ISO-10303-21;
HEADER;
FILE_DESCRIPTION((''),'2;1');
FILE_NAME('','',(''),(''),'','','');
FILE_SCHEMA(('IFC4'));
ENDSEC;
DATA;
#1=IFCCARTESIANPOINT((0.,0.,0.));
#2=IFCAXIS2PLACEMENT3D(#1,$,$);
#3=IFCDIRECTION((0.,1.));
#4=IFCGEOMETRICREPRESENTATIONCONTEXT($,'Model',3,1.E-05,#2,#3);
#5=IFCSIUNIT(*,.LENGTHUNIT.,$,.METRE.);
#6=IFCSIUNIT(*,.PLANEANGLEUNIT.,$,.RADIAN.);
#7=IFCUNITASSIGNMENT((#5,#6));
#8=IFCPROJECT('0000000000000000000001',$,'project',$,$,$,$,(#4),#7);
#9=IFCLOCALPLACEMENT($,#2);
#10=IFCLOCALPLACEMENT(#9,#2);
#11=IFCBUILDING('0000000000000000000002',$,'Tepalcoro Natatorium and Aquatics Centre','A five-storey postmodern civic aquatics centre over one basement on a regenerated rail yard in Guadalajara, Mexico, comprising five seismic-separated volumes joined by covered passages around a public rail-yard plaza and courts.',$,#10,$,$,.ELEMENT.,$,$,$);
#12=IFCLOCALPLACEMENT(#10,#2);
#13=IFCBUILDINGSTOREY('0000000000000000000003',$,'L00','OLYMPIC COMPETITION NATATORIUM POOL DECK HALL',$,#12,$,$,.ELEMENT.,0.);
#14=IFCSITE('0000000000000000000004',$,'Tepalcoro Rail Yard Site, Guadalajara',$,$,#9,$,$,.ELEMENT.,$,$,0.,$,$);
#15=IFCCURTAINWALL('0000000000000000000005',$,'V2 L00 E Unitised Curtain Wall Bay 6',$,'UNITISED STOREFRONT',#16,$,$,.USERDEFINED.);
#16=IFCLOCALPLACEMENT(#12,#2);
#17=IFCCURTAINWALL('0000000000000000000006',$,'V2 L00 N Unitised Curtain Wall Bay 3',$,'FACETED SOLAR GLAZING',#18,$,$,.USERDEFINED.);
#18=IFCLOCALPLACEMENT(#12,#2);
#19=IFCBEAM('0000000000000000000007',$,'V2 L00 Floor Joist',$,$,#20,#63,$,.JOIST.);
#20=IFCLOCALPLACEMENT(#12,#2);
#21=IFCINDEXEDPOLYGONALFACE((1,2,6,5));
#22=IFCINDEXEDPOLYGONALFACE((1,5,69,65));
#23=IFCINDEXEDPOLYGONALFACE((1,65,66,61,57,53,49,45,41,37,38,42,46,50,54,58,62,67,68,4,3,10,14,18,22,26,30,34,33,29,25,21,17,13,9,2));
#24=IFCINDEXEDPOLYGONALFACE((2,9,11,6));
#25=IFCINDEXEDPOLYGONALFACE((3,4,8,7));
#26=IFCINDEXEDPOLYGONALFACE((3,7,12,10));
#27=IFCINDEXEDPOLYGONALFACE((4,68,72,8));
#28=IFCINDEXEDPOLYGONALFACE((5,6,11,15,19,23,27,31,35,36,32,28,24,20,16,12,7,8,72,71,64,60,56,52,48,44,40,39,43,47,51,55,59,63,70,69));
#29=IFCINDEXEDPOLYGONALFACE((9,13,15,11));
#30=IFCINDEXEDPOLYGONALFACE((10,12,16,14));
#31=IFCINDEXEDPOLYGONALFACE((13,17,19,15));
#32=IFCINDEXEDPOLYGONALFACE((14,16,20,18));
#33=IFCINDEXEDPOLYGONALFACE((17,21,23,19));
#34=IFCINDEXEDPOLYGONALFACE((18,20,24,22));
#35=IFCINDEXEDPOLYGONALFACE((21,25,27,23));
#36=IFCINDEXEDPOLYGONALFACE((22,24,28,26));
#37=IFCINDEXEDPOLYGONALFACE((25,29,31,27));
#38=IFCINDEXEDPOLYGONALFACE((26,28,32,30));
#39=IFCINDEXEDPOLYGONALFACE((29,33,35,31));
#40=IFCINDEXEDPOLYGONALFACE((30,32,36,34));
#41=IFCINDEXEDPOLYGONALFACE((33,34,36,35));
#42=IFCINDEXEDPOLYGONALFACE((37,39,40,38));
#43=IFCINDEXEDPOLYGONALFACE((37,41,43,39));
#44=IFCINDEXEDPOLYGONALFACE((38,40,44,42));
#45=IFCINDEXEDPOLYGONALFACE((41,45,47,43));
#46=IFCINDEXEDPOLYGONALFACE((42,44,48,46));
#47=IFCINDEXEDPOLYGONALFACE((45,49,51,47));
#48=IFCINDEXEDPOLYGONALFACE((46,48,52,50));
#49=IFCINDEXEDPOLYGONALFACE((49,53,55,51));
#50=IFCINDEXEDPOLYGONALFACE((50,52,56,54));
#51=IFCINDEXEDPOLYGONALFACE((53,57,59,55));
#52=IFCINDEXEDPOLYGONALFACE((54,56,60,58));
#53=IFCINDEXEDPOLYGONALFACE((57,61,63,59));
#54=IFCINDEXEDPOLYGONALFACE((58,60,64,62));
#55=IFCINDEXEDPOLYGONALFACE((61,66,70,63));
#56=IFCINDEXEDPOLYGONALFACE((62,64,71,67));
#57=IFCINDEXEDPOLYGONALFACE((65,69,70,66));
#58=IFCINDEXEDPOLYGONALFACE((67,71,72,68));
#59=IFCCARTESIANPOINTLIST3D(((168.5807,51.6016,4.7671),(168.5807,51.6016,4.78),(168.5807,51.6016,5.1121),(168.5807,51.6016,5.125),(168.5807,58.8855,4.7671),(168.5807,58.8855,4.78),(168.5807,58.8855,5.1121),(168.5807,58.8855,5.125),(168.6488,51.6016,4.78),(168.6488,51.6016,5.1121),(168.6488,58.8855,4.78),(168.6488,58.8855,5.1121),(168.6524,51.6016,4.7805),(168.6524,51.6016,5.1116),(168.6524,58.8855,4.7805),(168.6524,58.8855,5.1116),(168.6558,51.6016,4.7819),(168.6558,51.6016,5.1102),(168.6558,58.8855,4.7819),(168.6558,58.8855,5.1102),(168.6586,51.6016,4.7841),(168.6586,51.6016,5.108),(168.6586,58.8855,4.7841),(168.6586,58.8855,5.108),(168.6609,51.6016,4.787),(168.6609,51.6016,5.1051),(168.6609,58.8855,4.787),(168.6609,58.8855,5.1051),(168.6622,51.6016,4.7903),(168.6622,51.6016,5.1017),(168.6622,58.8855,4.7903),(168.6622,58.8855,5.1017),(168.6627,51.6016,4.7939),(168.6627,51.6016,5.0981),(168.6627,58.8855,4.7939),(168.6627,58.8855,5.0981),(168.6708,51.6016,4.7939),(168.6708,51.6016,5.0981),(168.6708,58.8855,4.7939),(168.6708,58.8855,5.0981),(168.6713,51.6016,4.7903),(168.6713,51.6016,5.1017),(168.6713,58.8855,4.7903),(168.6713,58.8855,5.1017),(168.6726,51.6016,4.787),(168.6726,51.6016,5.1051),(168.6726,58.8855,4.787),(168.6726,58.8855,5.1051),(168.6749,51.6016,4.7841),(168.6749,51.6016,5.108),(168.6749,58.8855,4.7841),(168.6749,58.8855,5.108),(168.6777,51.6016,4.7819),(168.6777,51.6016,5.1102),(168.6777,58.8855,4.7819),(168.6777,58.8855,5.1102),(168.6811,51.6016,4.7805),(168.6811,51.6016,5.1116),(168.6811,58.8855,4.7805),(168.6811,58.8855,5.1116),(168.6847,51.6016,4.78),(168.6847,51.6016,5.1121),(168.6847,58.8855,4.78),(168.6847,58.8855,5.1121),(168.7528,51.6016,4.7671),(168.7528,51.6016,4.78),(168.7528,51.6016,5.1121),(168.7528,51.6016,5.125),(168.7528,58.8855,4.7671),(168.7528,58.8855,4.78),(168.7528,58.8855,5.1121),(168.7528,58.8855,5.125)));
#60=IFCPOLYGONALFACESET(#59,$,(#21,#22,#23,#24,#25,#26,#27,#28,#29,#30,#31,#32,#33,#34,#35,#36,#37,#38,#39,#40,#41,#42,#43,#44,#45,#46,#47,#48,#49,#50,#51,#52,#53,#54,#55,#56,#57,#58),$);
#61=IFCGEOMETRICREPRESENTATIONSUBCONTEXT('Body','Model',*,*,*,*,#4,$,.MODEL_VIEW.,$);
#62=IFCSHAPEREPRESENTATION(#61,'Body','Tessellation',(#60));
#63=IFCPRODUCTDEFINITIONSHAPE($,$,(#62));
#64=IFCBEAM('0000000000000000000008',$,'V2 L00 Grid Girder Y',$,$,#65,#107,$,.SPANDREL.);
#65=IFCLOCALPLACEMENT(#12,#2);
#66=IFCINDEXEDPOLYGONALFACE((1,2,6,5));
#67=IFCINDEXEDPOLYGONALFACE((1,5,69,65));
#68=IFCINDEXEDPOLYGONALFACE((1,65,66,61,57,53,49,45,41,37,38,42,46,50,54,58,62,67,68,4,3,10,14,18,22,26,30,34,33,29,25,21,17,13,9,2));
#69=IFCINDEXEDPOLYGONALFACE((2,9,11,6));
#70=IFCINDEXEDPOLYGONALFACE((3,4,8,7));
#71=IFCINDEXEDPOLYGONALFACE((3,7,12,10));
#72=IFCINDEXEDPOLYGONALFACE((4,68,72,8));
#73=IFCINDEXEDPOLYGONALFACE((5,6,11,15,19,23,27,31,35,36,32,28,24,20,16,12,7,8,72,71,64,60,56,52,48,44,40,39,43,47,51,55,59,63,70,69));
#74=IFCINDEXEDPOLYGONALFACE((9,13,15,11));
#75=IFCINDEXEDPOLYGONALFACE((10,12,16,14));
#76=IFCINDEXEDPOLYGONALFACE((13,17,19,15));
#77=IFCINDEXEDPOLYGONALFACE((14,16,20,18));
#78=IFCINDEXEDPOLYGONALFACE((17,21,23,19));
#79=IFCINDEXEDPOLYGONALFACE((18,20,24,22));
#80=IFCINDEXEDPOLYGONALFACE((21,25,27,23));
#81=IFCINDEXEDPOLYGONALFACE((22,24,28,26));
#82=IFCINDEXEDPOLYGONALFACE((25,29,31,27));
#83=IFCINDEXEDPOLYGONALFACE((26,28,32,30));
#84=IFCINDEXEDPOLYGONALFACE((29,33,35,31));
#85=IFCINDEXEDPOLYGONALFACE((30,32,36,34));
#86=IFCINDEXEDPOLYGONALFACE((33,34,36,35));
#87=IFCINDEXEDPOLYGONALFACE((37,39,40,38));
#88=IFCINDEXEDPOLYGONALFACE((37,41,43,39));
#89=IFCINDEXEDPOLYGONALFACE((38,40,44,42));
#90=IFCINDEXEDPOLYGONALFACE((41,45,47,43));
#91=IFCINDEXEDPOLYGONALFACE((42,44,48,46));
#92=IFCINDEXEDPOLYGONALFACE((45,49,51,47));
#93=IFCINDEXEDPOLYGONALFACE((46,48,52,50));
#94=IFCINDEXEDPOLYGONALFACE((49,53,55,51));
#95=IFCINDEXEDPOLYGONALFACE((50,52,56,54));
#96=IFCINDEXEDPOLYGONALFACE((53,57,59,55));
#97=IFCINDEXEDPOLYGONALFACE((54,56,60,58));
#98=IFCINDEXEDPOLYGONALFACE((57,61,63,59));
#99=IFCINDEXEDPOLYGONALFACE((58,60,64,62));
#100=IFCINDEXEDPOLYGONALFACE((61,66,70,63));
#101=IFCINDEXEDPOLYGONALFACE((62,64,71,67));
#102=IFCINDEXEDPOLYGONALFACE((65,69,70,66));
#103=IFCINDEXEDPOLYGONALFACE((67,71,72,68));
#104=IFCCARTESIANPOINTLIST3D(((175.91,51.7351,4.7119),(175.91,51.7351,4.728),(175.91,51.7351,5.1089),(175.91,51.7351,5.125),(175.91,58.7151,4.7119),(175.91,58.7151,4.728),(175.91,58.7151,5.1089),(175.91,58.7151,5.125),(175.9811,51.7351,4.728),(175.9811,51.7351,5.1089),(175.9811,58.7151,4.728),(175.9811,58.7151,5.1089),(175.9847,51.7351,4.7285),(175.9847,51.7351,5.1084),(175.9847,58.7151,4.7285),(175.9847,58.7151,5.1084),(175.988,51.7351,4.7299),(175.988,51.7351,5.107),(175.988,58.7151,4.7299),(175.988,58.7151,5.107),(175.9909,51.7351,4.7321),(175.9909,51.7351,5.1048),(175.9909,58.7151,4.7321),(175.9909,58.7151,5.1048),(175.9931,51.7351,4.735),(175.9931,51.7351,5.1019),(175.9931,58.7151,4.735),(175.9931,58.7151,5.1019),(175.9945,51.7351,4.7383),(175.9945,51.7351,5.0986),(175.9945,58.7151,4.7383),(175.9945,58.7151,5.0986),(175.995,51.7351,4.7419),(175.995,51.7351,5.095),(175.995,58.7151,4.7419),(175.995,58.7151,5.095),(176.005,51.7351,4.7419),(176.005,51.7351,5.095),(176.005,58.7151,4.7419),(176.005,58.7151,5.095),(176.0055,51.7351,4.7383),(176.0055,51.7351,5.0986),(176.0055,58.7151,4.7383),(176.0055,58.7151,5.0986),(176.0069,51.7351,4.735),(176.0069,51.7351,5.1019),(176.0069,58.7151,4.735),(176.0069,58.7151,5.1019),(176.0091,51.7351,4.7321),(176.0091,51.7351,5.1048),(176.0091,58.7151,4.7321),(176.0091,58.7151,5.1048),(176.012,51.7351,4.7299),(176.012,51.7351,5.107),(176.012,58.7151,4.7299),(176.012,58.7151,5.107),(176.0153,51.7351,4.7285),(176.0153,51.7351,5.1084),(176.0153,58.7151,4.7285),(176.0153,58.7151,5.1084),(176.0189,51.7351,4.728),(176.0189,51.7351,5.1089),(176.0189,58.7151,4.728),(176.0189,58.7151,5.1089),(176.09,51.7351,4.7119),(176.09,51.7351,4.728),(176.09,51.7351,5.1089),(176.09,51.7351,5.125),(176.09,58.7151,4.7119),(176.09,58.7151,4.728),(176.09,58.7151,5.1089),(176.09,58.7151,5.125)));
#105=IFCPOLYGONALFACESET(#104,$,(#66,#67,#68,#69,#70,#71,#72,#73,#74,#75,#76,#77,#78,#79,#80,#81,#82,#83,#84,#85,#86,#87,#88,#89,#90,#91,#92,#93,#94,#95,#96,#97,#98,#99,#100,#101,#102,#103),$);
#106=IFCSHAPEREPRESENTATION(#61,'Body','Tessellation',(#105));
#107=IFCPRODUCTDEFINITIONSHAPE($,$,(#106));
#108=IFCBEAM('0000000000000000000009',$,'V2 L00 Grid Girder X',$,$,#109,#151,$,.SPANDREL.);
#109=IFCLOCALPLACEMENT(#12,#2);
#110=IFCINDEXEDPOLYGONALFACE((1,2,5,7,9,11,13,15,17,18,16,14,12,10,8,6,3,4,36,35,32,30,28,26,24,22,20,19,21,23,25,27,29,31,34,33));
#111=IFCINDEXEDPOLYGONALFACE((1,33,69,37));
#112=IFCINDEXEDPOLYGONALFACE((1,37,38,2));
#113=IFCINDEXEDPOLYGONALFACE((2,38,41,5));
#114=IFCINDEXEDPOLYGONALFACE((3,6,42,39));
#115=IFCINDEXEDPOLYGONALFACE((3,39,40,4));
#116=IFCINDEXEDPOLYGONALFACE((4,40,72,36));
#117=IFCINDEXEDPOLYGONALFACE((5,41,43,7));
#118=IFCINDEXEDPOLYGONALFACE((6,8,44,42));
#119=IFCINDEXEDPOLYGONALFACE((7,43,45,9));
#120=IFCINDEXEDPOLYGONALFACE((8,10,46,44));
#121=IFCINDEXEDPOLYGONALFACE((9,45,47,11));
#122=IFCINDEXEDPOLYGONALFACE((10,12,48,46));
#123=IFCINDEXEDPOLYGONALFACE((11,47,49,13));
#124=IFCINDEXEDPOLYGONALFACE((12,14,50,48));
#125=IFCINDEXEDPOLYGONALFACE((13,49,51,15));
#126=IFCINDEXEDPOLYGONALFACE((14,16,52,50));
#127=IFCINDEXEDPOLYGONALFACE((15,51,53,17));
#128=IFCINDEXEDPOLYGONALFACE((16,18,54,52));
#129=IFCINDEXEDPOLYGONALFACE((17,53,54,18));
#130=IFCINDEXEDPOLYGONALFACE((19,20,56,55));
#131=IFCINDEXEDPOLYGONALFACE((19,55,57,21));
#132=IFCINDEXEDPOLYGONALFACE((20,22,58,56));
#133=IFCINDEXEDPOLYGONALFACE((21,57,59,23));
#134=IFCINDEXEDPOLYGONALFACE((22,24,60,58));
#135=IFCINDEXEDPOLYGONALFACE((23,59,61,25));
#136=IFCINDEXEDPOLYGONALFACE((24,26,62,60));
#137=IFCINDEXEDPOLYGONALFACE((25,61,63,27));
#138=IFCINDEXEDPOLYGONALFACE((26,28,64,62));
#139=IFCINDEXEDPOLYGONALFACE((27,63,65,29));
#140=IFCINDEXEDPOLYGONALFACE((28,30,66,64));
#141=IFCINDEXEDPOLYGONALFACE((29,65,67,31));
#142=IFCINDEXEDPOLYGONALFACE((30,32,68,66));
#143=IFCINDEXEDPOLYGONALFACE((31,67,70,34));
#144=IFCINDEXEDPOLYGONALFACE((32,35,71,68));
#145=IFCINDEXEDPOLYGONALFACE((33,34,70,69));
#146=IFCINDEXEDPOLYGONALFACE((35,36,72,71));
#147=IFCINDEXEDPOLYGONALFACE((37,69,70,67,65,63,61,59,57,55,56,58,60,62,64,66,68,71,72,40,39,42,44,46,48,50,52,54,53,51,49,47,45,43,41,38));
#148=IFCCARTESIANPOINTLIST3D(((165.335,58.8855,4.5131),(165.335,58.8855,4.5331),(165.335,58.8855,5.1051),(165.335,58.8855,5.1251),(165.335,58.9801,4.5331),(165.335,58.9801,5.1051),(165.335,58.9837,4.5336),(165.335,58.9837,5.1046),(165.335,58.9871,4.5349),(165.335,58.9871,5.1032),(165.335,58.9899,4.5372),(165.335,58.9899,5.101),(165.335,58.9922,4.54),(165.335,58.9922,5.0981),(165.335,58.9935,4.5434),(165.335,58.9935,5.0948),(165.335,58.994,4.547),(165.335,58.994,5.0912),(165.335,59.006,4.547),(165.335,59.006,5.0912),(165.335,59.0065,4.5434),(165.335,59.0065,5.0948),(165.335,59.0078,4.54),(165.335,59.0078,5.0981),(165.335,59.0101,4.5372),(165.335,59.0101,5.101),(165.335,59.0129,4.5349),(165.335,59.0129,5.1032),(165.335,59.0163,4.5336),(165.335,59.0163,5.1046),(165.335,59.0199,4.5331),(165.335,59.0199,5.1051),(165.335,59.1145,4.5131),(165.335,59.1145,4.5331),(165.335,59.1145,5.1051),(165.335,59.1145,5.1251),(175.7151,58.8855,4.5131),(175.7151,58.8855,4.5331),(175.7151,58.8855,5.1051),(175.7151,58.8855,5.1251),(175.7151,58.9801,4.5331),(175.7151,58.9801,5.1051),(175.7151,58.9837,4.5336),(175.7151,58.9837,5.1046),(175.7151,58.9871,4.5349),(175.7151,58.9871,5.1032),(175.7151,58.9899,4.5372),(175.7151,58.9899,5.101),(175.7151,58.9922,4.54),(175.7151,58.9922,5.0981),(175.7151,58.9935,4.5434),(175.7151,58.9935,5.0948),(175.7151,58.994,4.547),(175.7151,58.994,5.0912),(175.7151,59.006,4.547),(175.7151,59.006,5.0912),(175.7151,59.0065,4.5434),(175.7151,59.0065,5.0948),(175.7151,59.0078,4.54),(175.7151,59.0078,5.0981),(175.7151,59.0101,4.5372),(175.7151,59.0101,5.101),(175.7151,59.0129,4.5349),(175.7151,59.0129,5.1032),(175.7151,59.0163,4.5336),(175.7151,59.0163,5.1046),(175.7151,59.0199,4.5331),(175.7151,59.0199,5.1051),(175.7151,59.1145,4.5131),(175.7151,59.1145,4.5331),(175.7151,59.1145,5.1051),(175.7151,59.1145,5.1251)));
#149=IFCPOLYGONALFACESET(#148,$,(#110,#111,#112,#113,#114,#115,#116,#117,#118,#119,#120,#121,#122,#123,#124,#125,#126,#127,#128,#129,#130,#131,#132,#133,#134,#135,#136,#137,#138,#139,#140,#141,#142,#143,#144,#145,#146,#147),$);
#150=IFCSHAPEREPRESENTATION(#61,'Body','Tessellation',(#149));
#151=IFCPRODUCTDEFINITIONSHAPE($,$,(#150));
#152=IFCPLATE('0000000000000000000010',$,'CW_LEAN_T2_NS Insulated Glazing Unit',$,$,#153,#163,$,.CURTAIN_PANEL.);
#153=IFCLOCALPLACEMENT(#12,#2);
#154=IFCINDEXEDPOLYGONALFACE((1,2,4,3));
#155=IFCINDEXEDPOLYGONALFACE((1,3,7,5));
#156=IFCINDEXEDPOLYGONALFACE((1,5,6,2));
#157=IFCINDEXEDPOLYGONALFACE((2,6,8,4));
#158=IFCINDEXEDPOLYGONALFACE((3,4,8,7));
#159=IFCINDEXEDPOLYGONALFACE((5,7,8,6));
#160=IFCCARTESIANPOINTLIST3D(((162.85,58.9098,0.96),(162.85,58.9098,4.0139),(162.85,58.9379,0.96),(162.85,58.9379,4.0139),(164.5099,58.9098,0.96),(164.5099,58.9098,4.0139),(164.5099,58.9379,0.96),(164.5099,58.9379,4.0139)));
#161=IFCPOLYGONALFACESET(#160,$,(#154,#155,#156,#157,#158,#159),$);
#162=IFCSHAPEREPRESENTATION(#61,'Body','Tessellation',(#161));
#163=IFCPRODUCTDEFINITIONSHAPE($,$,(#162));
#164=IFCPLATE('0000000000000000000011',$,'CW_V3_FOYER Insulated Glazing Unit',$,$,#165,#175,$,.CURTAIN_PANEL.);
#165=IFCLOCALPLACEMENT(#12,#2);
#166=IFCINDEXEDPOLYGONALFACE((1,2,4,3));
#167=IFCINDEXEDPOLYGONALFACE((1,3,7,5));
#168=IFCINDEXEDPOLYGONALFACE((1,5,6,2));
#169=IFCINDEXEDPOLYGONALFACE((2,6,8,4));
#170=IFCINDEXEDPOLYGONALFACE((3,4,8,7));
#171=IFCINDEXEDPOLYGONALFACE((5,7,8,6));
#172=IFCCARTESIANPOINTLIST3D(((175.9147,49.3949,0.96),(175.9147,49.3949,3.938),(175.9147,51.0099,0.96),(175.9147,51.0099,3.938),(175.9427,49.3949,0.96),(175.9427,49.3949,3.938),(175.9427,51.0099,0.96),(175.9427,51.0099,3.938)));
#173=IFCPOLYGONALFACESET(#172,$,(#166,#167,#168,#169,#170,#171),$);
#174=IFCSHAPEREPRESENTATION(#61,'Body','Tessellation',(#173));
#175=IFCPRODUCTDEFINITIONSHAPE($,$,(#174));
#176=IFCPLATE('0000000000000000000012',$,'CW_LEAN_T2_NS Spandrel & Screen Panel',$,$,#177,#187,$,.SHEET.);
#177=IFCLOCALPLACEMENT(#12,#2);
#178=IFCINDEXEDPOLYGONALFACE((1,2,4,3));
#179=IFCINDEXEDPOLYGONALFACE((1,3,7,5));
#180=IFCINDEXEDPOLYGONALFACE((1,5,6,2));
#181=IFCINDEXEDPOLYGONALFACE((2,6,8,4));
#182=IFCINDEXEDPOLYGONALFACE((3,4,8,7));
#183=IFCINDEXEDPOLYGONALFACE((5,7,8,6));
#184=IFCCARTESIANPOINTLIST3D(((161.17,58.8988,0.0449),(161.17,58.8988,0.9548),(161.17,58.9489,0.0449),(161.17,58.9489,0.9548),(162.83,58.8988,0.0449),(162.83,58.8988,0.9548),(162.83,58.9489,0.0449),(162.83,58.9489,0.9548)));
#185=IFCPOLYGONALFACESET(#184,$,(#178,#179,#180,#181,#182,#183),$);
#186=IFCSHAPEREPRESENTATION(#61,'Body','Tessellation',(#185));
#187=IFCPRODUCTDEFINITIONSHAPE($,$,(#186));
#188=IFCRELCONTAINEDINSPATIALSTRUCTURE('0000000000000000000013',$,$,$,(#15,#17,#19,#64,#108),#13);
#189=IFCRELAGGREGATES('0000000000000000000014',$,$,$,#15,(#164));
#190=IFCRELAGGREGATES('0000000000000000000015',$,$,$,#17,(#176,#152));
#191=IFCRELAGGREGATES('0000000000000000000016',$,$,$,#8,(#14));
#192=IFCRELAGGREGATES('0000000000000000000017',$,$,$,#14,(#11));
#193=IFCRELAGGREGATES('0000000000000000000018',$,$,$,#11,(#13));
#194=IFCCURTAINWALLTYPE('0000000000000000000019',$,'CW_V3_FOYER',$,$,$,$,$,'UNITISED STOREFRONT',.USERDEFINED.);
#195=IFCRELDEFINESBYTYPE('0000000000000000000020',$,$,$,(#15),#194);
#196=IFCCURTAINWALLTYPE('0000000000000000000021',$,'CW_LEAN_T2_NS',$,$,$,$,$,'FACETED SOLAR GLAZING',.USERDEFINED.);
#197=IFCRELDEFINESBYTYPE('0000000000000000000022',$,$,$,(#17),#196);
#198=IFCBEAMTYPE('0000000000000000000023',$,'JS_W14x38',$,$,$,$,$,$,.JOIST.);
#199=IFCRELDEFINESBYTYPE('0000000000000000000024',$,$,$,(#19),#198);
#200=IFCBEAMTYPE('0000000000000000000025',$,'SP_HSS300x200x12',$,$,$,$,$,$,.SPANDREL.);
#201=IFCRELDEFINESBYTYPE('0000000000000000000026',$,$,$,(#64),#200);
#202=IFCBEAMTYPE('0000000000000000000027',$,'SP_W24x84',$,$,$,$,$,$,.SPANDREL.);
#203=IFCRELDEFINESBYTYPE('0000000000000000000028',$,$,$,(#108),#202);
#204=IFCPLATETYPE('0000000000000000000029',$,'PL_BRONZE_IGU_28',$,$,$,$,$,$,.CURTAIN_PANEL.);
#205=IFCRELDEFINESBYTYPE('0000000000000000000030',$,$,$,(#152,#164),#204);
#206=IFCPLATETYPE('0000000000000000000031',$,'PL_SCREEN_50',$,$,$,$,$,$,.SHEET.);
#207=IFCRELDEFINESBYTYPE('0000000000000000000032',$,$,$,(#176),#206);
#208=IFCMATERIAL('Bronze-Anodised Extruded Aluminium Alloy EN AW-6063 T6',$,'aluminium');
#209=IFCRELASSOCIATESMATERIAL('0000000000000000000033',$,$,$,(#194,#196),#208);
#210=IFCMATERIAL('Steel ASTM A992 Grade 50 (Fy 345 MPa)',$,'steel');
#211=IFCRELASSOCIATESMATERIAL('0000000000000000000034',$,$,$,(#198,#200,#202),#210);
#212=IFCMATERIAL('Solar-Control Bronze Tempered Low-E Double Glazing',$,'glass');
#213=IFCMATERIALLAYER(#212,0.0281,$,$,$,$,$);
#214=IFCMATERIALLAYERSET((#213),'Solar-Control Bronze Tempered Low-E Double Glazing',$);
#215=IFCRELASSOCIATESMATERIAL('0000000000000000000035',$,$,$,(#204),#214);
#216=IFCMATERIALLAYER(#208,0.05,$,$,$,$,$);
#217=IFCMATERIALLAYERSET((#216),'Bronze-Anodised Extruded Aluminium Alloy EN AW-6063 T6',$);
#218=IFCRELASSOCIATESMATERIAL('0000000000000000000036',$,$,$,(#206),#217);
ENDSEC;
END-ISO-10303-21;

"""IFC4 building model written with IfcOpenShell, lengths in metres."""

from ifc_helpers import new_model, si_unit, direction, frame, origin, origin_2d, place, context, subcontext, project, spatial, rectangle, i_section, extrude, material, layer, layer_set, material_profile, profile_set, type_object, element, aggregate, save


model = new_model("IFC4")

# Units and contexts
model_context = context("Model", 3, precision=1e-05, world=origin(), true_north=direction((0.0, 1.0)))
body_context = subcontext(model_context, "Body", "Model", "MODEL_VIEW")
ifc_project = project(units=[si_unit("LENGTHUNIT", "METRE"), si_unit("PLANEANGLEUNIT", "RADIAN")], contexts=[model_context])

# Site, building, storey
site_placement = place(None, origin())
site = spatial("IfcSite", under=ifc_project, at=site_placement, Name="Tepalcoro Rail Yard Site, Guadalajara", CompositionType="ELEMENT", RefElevation=0.0)
building_placement = place(site_placement, origin())
building = spatial("IfcBuilding", under=site, at=building_placement, Name="Tepalcoro Natatorium and Aquatics Centre", Description="A five-storey postmodern civic aquatics centre over one basement on a regenerated rail yard in Guadalajara, Mexico, comprising five seismic-separated volumes joined by covered passages around a public rail-yard plaza and courts.", CompositionType="ELEMENT")
storey_placement = place(building_placement, origin())
storey = spatial("IfcBuildingStorey", under=building, at=storey_placement, Name="L00", Description="OLYMPIC COMPETITION NATATORIUM POOL DECK HALL", CompositionType="ELEMENT", Elevation=0.0)

# Shared definitions
ifc_material_1 = material(Name="Steel ASTM A992 Grade 50 (Fy 345 MPa)", Category="steel")

# Curtain wall
ifc_material_2 = material(Name="Bronze-Anodised Extruded Aluminium Alloy EN AW-6063 T6", Category="aluminium")
curtain_wall_type_1 = type_object("IfcCurtainWallType", Name="CW_V3_FOYER", ElementType="UNITISED STOREFRONT", PredefinedType="USERDEFINED", material=ifc_material_2)
curtain_wall_1_placement = place(storey_placement, origin())
curtain_wall_1 = element("IfcCurtainWall", 1, at=curtain_wall_1_placement, inside=storey, type_object=curtain_wall_type_1, Name="V2 L00 E Unitised Curtain Wall Bay 6", ObjectType="UNITISED STOREFRONT", PredefinedType="USERDEFINED")

# Curtain wall
curtain_wall_type_2 = type_object("IfcCurtainWallType", Name="CW_LEAN_T2_NS", ElementType="FACETED SOLAR GLAZING", PredefinedType="USERDEFINED", material=ifc_material_2)
curtain_wall_2_placement = place(storey_placement, origin())
curtain_wall_2 = element("IfcCurtainWall", 2, at=curtain_wall_2_placement, inside=storey, type_object=curtain_wall_type_2, Name="V2 L00 N Unitised Curtain Wall Bay 3", ObjectType="FACETED SOLAR GLAZING", PredefinedType="USERDEFINED")

# Beams
ifc_material_profile_1 = material_profile(ifc_material_1, i_section(OverallWidth=0.1721, OverallDepth=0.3579, WebThickness=0.0081, FlangeThickness=0.0129, FilletRadius=0.0139, at=origin_2d()), Name="W14X38")
ifc_profile_set_1 = profile_set([ifc_material_profile_1], Name="Steel ASTM A992 Grade 50 (Fy 345 MPa)")
beam_type_1 = type_object("IfcBeamType", Name="JS_W14x38", PredefinedType="JOIST", material=ifc_profile_set_1)
beam_1_placement = place(storey_placement, frame((168.6667, 51.6016, 4.946), z_axis=(0.0, 1.0, 0.0), x_axis=(-1.0, 0.0, 0.0)))
element("IfcBeam", 3, at=beam_1_placement, inside=storey, type_object=beam_type_1, Name="V2 L00 Floor Joist", PredefinedType="JOIST", context=body_context, shape_type="SweptSolid", body=[
    extrude(i_section(OverallWidth=0.1721, OverallDepth=0.3579, WebThickness=0.0081, FlangeThickness=0.0129, FilletRadius=0.0139, at=origin_2d()), origin(), (0.0, 0.0, 1.0), 7.2839),
])
ifc_material_profile_2 = material_profile(ifc_material_1, i_section(OverallWidth=0.1799, OverallDepth=0.4131, WebThickness=0.01, FlangeThickness=0.0161, FilletRadius=0.0139, at=origin_2d()), Name="W16X50")
ifc_profile_set_2 = profile_set([ifc_material_profile_2], Name="Steel ASTM A992 Grade 50 (Fy 345 MPa)")
beam_type_2 = type_object("IfcBeamType", Name="SP_HSS300x200x12", PredefinedType="SPANDREL", material=ifc_profile_set_2)
beam_2_placement = place(storey_placement, frame((176.0, 51.7351, 4.9185), z_axis=(0.0, 1.0, 0.0), x_axis=(-1.0, 0.0, 0.0)))
element("IfcBeam", 4, at=beam_2_placement, inside=storey, type_object=beam_type_2, Name="V2 L00 Grid Girder Y", PredefinedType="SPANDREL", context=body_context, shape_type="SweptSolid", body=[
    extrude(i_section(OverallWidth=0.1799, OverallDepth=0.4131, WebThickness=0.01, FlangeThickness=0.0161, FilletRadius=0.0139, at=origin_2d()), origin(), (0.0, 0.0, 1.0), 6.98),
])
ifc_material_profile_3 = material_profile(ifc_material_1, i_section(OverallWidth=0.229, OverallDepth=0.6121, WebThickness=0.012, FlangeThickness=0.02, FilletRadius=0.0139, at=origin_2d()), Name="W24X84")
ifc_profile_set_3 = profile_set([ifc_material_profile_3], Name="Steel ASTM A992 Grade 50 (Fy 345 MPa)")
beam_type_3 = type_object("IfcBeamType", Name="SP_W24x84", PredefinedType="SPANDREL", material=ifc_profile_set_3)
beam_3_placement = place(storey_placement, frame((165.335, 59.0, 4.8191), z_axis=(1.0, 0.0, 0.0), x_axis=(0.0, 1.0, 0.0)))
element("IfcBeam", 5, at=beam_3_placement, inside=storey, type_object=beam_type_3, Name="V2 L00 Grid Girder X", PredefinedType="SPANDREL", context=body_context, shape_type="SweptSolid", body=[
    extrude(i_section(OverallWidth=0.229, OverallDepth=0.6121, WebThickness=0.012, FlangeThickness=0.02, FilletRadius=0.0139, at=origin_2d()), origin(), (0.0, 0.0, 1.0), 10.3801),
])

# Plates
ifc_material_3 = material(Name="Solar-Control Bronze Tempered Low-E Double Glazing", Category="glass")
ifc_layer_1 = layer(ifc_material_3, 0.0281)
ifc_layer_set_1 = layer_set([ifc_layer_1], Name="Solar-Control Bronze Tempered Low-E Double Glazing")
plate_type_1 = type_object("IfcPlateType", Name="PL_BRONZE_IGU_28", PredefinedType="CURTAIN_PANEL", material=ifc_layer_set_1)
plate_1_placement = place(storey_placement, frame((163.6799, 58.9238, 0.96), z_axis=(0.0, 0.0, 1.0), x_axis=(1.0, 0.0, 0.0)))
plate_1 = element("IfcPlate", 6, at=plate_1_placement, type_object=plate_type_1, Name="CW_LEAN_T2_NS Insulated Glazing Unit", PredefinedType="CURTAIN_PANEL", context=body_context, shape_type="SweptSolid", body=[
    extrude(rectangle(XDim=1.6599, YDim=0.0281, at=origin_2d()), origin(), (0.0, 0.0, 1.0), 3.054),
])
plate_2_placement = place(storey_placement, frame((175.9287, 50.2024, 0.96), z_axis=(0.0, 0.0, 1.0), x_axis=(1.0, 0.0, 0.0)))
plate_2 = element("IfcPlate", 7, at=plate_2_placement, type_object=plate_type_1, Name="CW_V3_FOYER Insulated Glazing Unit", PredefinedType="CURTAIN_PANEL", context=body_context, shape_type="SweptSolid", body=[
    extrude(rectangle(XDim=0.0281, YDim=1.615, at=origin_2d()), origin(), (0.0, 0.0, 1.0), 2.978),
])
ifc_layer_2 = layer(ifc_material_2, 0.05)
ifc_layer_set_2 = layer_set([ifc_layer_2], Name="Bronze-Anodised Extruded Aluminium Alloy EN AW-6063 T6")
plate_type_2 = type_object("IfcPlateType", Name="PL_SCREEN_50", PredefinedType="SHEET", material=ifc_layer_set_2)
plate_3_placement = place(storey_placement, frame((162.0, 58.9238, 0.0449), z_axis=(0.0, 0.0, 1.0), x_axis=(1.0, 0.0, 0.0)))
plate_3 = element("IfcPlate", 8, at=plate_3_placement, type_object=plate_type_2, Name="CW_LEAN_T2_NS Spandrel & Screen Panel", PredefinedType="SHEET", context=body_context, shape_type="SweptSolid", body=[
    extrude(rectangle(XDim=1.6599, YDim=0.05, at=origin_2d()), origin(), (0.0, 0.0, 1.0), 0.9099),
])
aggregate(curtain_wall_1, [plate_2])
aggregate(curtain_wall_2, [plate_3, plate_1])

save(model, "model.ifc")
